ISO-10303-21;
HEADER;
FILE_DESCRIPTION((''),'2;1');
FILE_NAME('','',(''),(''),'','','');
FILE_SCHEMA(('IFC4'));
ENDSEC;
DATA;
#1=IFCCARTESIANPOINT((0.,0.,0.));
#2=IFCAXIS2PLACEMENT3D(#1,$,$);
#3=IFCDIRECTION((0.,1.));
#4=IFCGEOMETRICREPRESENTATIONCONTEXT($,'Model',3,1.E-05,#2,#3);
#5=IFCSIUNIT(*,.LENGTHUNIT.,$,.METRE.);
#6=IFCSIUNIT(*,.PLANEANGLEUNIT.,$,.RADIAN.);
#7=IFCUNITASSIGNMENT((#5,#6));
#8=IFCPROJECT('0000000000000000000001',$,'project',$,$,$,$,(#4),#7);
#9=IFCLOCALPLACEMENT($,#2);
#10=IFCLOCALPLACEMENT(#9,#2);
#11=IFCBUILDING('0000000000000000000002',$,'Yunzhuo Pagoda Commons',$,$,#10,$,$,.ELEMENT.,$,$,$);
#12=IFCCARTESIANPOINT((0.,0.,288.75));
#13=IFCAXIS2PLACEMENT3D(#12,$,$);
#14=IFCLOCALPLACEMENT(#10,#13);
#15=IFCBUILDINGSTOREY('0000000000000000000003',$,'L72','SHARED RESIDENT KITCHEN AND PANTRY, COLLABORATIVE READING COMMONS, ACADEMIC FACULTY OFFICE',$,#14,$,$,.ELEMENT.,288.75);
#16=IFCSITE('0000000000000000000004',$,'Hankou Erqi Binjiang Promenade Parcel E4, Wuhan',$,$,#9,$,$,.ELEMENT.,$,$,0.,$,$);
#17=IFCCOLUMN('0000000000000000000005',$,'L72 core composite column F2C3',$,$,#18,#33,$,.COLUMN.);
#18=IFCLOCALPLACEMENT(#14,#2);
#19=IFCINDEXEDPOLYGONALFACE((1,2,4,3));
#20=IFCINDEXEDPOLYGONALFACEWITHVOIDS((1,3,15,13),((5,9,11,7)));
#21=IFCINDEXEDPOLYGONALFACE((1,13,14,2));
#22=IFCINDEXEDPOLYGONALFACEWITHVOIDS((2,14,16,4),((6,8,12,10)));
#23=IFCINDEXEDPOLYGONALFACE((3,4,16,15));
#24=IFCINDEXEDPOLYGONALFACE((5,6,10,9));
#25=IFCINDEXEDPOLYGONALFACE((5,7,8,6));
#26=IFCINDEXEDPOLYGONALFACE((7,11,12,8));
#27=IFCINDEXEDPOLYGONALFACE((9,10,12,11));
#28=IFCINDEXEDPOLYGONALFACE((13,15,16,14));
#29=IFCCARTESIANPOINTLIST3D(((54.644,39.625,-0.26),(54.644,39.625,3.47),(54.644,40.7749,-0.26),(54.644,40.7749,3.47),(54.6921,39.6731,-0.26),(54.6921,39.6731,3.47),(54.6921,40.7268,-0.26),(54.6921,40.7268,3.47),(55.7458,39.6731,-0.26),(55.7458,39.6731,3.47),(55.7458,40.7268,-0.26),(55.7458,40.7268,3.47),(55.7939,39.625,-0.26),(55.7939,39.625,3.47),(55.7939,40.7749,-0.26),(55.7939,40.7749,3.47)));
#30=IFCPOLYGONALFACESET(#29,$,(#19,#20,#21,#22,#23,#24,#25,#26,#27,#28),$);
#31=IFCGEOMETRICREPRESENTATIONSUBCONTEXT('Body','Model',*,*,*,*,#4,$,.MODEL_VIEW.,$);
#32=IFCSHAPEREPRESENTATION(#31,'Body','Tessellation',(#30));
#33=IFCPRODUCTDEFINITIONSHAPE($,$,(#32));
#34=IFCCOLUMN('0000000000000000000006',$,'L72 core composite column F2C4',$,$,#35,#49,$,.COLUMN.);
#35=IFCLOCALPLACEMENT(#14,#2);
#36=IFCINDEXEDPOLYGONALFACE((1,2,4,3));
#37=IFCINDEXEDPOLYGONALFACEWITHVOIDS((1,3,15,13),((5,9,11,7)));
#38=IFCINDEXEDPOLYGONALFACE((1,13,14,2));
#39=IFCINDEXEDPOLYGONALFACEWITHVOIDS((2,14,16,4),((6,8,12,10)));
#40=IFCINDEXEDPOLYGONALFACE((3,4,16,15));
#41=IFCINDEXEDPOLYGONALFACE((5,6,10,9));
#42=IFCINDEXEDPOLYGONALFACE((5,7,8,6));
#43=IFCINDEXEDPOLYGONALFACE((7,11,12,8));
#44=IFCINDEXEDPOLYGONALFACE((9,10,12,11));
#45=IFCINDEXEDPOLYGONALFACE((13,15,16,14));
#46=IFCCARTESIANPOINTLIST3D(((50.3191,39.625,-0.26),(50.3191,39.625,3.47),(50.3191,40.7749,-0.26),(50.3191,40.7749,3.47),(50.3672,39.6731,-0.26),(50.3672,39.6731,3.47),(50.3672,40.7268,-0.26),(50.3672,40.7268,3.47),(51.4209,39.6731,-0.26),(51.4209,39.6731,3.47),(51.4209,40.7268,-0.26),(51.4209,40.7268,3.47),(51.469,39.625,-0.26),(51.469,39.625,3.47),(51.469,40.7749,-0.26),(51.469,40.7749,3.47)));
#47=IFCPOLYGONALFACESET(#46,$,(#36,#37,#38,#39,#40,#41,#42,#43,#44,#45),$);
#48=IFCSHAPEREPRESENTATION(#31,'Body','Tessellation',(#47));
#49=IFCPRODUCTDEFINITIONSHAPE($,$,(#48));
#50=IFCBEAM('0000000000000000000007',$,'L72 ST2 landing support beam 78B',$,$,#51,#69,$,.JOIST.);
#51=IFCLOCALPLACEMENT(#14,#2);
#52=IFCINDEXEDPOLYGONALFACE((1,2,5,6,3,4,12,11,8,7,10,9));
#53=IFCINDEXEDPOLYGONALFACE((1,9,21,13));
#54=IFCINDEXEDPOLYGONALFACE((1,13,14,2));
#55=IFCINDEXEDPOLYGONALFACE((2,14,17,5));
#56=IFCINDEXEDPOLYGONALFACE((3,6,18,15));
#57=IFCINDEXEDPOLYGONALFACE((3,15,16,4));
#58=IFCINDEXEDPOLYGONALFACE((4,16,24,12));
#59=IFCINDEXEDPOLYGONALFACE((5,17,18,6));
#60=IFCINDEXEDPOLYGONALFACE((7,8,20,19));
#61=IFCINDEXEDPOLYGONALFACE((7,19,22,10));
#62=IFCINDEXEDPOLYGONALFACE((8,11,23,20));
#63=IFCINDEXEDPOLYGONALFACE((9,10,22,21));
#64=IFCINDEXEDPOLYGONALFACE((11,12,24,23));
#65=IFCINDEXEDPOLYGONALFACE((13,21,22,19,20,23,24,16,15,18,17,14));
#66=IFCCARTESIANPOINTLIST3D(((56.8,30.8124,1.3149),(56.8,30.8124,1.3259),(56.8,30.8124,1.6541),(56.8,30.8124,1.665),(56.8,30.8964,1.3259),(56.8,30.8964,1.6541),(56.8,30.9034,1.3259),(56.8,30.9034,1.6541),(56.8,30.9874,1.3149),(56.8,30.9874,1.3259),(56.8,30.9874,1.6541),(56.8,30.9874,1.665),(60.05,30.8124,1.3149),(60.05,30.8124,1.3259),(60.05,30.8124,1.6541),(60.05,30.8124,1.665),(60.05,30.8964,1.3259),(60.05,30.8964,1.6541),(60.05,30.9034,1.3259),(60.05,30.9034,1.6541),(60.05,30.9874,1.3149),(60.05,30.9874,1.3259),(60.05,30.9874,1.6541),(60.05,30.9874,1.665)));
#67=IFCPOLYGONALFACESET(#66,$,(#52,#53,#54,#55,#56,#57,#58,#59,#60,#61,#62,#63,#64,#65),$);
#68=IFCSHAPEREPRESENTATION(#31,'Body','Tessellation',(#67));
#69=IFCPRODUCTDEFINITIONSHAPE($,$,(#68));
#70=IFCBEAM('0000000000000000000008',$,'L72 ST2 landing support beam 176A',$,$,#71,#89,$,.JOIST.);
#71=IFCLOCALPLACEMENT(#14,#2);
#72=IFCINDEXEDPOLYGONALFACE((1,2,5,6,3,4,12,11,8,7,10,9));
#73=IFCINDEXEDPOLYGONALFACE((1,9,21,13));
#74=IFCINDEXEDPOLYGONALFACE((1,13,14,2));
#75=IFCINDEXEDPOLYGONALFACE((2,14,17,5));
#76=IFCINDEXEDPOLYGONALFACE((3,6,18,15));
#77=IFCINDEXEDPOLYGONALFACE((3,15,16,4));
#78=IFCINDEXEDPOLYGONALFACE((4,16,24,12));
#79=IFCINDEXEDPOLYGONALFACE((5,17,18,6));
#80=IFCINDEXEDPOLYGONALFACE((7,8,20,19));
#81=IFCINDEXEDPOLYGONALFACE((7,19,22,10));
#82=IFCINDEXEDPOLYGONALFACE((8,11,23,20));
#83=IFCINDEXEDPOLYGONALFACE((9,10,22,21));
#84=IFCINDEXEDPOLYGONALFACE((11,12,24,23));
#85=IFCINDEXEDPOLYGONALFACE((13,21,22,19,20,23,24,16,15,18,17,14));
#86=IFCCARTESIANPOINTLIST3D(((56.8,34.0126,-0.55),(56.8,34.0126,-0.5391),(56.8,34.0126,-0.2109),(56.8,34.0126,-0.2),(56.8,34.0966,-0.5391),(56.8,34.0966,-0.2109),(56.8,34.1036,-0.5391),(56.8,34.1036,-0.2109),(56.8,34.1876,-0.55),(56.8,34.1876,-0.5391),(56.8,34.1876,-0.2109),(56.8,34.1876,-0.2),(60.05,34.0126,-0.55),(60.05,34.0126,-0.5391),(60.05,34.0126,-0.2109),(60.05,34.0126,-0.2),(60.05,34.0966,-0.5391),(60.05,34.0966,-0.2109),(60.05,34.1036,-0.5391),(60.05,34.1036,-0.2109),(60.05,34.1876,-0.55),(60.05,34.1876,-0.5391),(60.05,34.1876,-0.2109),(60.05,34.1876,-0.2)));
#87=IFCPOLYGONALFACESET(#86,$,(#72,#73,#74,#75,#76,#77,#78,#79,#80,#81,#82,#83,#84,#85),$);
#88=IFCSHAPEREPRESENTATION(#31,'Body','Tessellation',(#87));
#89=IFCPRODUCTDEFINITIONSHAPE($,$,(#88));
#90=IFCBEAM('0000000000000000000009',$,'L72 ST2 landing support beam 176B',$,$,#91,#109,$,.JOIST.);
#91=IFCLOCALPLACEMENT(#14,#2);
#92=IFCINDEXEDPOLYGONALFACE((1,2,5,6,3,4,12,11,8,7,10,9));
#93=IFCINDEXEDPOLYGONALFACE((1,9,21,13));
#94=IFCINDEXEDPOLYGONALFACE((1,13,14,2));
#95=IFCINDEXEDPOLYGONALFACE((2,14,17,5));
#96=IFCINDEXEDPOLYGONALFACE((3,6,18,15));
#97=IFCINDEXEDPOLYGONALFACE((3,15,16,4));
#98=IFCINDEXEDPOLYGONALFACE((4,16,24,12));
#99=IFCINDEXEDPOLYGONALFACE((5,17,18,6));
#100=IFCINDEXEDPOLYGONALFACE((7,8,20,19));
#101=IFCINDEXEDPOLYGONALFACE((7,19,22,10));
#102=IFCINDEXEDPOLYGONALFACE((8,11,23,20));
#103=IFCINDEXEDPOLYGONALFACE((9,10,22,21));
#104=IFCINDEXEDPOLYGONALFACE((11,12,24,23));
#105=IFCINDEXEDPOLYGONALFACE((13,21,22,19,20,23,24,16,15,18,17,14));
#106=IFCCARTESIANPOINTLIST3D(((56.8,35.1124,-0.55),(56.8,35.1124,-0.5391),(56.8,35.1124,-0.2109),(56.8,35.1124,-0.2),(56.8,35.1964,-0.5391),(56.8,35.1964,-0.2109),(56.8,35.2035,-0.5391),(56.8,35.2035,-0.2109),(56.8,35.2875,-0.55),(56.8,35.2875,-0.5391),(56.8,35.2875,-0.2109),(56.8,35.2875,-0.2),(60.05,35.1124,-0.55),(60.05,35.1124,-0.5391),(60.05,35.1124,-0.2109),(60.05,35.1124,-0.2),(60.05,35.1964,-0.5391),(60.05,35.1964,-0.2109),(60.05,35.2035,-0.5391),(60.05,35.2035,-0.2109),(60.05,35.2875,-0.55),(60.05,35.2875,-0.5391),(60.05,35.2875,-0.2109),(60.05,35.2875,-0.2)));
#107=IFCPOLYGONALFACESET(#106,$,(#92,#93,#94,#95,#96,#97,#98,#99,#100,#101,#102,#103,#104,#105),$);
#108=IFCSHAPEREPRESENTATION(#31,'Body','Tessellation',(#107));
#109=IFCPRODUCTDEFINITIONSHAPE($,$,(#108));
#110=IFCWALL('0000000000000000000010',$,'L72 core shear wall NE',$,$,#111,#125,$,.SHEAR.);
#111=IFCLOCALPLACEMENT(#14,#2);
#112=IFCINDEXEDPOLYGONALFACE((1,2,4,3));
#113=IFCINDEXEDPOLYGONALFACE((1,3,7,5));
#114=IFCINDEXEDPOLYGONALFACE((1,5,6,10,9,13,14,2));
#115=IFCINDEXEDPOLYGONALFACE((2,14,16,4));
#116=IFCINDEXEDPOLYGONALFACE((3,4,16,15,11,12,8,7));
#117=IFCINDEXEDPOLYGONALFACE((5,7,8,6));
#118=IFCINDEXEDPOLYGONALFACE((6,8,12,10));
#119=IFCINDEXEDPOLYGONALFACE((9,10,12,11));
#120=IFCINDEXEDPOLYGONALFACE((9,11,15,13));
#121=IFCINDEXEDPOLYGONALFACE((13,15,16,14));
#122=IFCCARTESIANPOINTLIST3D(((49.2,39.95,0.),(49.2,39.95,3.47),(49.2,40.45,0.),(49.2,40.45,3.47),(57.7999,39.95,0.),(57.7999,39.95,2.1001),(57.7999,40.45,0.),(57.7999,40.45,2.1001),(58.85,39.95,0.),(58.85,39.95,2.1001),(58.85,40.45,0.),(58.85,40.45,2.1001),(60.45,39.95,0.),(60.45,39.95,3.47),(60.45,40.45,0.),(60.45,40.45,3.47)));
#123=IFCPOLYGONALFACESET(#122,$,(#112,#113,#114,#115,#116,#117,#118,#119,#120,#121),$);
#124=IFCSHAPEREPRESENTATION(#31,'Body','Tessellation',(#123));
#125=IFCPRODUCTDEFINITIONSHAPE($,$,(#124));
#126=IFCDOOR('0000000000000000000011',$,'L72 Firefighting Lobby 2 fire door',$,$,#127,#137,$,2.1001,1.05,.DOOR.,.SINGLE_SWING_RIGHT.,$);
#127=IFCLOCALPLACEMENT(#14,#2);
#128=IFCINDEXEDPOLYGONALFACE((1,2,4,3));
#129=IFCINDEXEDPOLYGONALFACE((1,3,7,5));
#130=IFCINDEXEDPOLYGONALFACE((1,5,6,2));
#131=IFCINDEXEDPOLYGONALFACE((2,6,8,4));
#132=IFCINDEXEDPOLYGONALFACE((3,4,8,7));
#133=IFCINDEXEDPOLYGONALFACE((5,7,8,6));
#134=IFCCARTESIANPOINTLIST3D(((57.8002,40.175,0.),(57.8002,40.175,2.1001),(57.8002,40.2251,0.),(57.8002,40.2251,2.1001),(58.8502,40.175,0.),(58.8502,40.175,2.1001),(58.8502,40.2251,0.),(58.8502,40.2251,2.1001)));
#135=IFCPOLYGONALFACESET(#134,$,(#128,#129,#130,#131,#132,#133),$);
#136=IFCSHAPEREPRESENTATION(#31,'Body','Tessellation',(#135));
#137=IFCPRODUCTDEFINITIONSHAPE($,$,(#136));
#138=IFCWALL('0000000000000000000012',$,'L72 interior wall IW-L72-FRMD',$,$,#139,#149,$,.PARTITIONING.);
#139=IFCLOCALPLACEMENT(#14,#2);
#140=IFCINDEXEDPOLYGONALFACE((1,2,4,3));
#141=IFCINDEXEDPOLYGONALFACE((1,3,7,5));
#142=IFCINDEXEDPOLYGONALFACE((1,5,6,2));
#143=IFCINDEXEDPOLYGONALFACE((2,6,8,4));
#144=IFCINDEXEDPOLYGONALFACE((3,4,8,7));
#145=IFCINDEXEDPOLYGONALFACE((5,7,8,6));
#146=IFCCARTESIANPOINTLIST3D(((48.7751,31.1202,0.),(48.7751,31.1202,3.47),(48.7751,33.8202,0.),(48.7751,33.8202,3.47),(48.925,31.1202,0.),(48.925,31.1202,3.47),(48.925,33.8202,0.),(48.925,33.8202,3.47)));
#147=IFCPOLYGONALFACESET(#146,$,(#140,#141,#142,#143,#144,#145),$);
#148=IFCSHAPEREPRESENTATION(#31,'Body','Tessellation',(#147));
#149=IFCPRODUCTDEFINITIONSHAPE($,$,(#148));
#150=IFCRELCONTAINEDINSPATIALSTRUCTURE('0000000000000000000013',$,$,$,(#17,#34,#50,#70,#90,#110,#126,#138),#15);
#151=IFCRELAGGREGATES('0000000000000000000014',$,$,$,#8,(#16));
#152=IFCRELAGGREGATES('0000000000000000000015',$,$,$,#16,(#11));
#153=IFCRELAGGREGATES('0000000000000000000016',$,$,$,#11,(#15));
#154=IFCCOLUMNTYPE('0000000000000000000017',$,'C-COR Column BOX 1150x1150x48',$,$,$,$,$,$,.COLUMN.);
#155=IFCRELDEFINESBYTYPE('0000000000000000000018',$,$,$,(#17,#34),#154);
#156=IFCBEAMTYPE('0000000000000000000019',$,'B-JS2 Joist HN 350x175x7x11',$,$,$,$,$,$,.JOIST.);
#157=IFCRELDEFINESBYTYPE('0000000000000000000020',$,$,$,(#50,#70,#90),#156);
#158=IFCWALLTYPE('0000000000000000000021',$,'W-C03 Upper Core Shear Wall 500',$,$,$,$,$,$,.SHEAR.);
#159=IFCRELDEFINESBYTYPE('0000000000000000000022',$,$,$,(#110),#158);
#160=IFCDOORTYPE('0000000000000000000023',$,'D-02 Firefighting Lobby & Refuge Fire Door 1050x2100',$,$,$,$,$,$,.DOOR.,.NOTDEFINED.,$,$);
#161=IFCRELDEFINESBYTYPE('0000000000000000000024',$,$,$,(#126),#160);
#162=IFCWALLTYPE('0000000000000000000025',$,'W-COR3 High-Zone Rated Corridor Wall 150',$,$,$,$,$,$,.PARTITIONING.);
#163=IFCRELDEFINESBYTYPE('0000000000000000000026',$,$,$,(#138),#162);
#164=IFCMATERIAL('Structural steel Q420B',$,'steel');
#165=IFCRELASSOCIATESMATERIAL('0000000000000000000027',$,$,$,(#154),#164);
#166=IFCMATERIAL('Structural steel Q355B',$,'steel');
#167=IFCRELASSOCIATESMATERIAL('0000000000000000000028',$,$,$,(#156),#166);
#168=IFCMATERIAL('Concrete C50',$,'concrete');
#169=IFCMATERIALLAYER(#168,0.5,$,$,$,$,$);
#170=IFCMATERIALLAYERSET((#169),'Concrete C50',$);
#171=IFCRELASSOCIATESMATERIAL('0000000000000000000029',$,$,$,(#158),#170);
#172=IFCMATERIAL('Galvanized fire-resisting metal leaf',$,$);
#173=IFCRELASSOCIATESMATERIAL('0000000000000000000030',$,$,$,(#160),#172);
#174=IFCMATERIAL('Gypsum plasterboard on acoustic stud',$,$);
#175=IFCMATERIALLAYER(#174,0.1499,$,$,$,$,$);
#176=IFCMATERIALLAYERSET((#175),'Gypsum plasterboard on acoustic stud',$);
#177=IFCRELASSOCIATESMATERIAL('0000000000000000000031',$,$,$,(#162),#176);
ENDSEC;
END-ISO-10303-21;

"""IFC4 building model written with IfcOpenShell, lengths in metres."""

from ifc_helpers import new_model, si_unit, direction, frame, frame_2d, origin, origin_2d, place, context, subcontext, project, spatial, rectangle, hollow_rectangle, i_section, extrude, source, transform, mapped, material, layer, layer_set, material_profile, profile_set, type_object, element, fill, save


model = new_model("IFC4")

# Units and contexts
model_context = context("Model", 3, precision=1e-05, world=origin(), true_north=direction((0.0, 1.0)))
body_context = subcontext(model_context, "Body", "Model", "MODEL_VIEW")
ifc_project = project(units=[si_unit("LENGTHUNIT", "METRE"), si_unit("PLANEANGLEUNIT", "RADIAN")], contexts=[model_context])

# Site, building, storey
site_placement = place(None, origin())
site = spatial("IfcSite", under=ifc_project, at=site_placement, Name="Hankou Erqi Binjiang Promenade Parcel E4, Wuhan", CompositionType="ELEMENT", RefElevation=0.0)
building_placement = place(site_placement, origin())
building = spatial("IfcBuilding", under=site, at=building_placement, Name="Yunzhuo Pagoda Commons", CompositionType="ELEMENT")
storey_placement = place(building_placement, frame((0.0, 0.0, 288.75)))
storey = spatial("IfcBuildingStorey", under=building, at=storey_placement, Name="L72", Description="SHARED RESIDENT KITCHEN AND PANTRY, COLLABORATIVE READING COMMONS, ACADEMIC FACULTY OFFICE", CompositionType="ELEMENT", Elevation=288.75)

# Columns
ifc_material_1 = material(Name="Structural steel Q420B", Category="steel")
ifc_material_profile_1 = material_profile(ifc_material_1, hollow_rectangle(XDim=1.1499, YDim=1.1499, WallThickness=0.0481, at=origin_2d()), Name="Structural steel Q420B")
ifc_profile_set_1 = profile_set([ifc_material_profile_1], Name="Structural steel Q420B")
column_type = type_object("IfcColumnType", Name="C-COR Column BOX 1150x1150x48", PredefinedType="COLUMN", material=ifc_profile_set_1)
shared_shape_1 = source(origin(), body_context, "Body", "SweptSolid", [
    extrude(hollow_rectangle(XDim=1.1499, YDim=1.1499, WallThickness=0.0481, at=origin_2d()), origin(), (0.0, 0.0, 1.0), 3.73),
])
for number, where, z_axis, x_axis, name in (
    (1, (55.219, 40.2, -0.26), (0.0, 0.0, 1.0), (1.0, 0.0, 0.0), "L72 core composite column F2C3"),
    (2, (50.894, 40.2, -0.26), (0.0, 0.0, 1.0), (1.0, 0.0, 0.0), "L72 core composite column F2C4"),
):
    element("IfcColumn", number, at=place(storey_placement, frame(where, z_axis=z_axis, x_axis=x_axis)), inside=storey, type_object=column_type, Name=name, PredefinedType="COLUMN", context=body_context, shape_type="MappedRepresentation", body=[
        mapped(shared_shape_1, transform((0.0, 0.0, 0.0), scale=1.0)),
    ])

# Beams
ifc_material_2 = material(Name="Structural steel Q355B", Category="steel")
ifc_material_profile_2 = material_profile(ifc_material_2, i_section(OverallWidth=0.175, OverallDepth=0.3501, WebThickness=0.0071, FlangeThickness=0.011, at=origin_2d()), Name="Structural steel Q355B")
ifc_profile_set_2 = profile_set([ifc_material_profile_2], Name="Structural steel Q355B")
beam_type = type_object("IfcBeamType", Name="B-JS2 Joist HN 350x175x7x11", PredefinedType="JOIST", material=ifc_profile_set_2)
shared_shape_2 = source(origin(), body_context, "Body", "SweptSolid", [
    extrude(i_section(OverallWidth=0.175, OverallDepth=0.3501, WebThickness=0.0071, FlangeThickness=0.011, at=origin_2d()), origin(), (0.0, 0.0, 1.0), 3.25),
])
for number, where, z_axis, x_axis, name in (
    (3, (56.8, 30.8999, 1.49), (1.0, 0.0, 0.0), (0.0, 1.0, 0.0), "L72 ST2 landing support beam 78B"),
    (4, (56.8, 34.1001, -0.375), (1.0, 0.0, 0.0), (0.0, 1.0, 0.0), "L72 ST2 landing support beam 176A"),
    (5, (56.8, 35.2, -0.375), (1.0, 0.0, 0.0), (0.0, 1.0, 0.0), "L72 ST2 landing support beam 176B"),
):
    element("IfcBeam", number, at=place(storey_placement, frame(where, z_axis=z_axis, x_axis=x_axis)), inside=storey, type_object=beam_type, Name=name, PredefinedType="JOIST", context=body_context, shape_type="MappedRepresentation", body=[
        mapped(shared_shape_2, transform((0.0, 0.0, 0.0), scale=1.0)),
    ])

# Wall, opening, door
ifc_material_3 = material(Name="Concrete C50", Category="concrete")
ifc_layer_1 = layer(ifc_material_3, 0.5)
ifc_layer_set_1 = layer_set([ifc_layer_1], Name="Concrete C50")
wall_type_1 = type_object("IfcWallType", Name="W-C03 Upper Core Shear Wall 500", PredefinedType="SHEAR", material=ifc_layer_set_1)
wall_1_placement = place(storey_placement, frame((49.2, 40.2, 0.0), z_axis=(0.0, 0.0, 1.0), x_axis=(1.0, 0.0, 0.0)))
wall_1 = element("IfcWall", 6, at=wall_1_placement, inside=storey, type_object=wall_type_1, Name="L72 core shear wall NE", PredefinedType="SHEAR", context=body_context, shape_type="SweptSolid", body=[
    extrude(rectangle(XDim=11.25, YDim=0.5, at=frame_2d((5.625, 0.0))), origin(), (0.0, 0.0, 1.0), 3.47),
])
opening_1_placement = place(wall_1_placement, frame((8.6001, 0.0, 0.0)))
opening_1 = element("IfcOpeningElement", 7, at=opening_1_placement, cuts=wall_1, PredefinedType="OPENING", context=body_context, shape_type="SweptSolid", body=[
    extrude(rectangle(XDim=1.05, YDim=2.1001, at=frame_2d((0.5249, 1.05))), frame((0.0, 0.26, 0.0), z_axis=(0.0, -1.0, 0.0), x_axis=(1.0, 0.0, 0.0)), (0.0, 0.0, 1.0), 0.52),
])
ifc_material_4 = material(Name="Galvanized fire-resisting metal leaf")
door_type_1 = type_object("IfcDoorType", Name="D-02 Firefighting Lobby & Refuge Fire Door 1050x2100", OperationType="NOTDEFINED", PredefinedType="DOOR", material=ifc_material_4)
shared_shape_3 = source(origin(), body_context, "Body", "SweptSolid", [
    extrude(rectangle(XDim=1.05, YDim=2.1001, at=frame_2d((0.5249, 1.05))), frame((0.0, 0.0249, 0.0), z_axis=(0.0, -1.0, 0.0), x_axis=(1.0, 0.0, 0.0)), (0.0, 0.0, 1.0), 0.05),
])
door_1_placement = place(opening_1_placement, frame((1.05, 0.0, 0.0), z_axis=(0.0, 0.0, 1.0), x_axis=(-1.0, 0.0, 0.0)))
door_1 = element("IfcDoor", 8, at=door_1_placement, inside=storey, type_object=door_type_1, Name="L72 Firefighting Lobby 2 fire door", OperationType="SINGLE_SWING_RIGHT", OverallHeight=2.1001, OverallWidth=1.05, PredefinedType="DOOR", context=body_context, shape_type="MappedRepresentation", body=[
    mapped(shared_shape_3, transform((0.0, 0.0, 0.0), scale=1.0)),
])
fill(opening_1, door_1)

# Wall
ifc_material_5 = material(Name="Gypsum plasterboard on acoustic stud")
ifc_layer_2 = layer(ifc_material_5, 0.1499)
ifc_layer_set_2 = layer_set([ifc_layer_2], Name="Gypsum plasterboard on acoustic stud")
wall_type_2 = type_object("IfcWallType", Name="W-COR3 High-Zone Rated Corridor Wall 150", PredefinedType="PARTITIONING", material=ifc_layer_set_2)
wall_2_placement = place(storey_placement, frame((48.8501, 31.1201, 0.0), z_axis=(0.0, 0.0, 1.0), x_axis=(0.0, 1.0, 0.0)))
element("IfcWall", 9, at=wall_2_placement, inside=storey, type_object=wall_type_2, Name="L72 interior wall IW-L72-FRMD", PredefinedType="PARTITIONING", context=body_context, shape_type="SweptSolid", body=[
    extrude(rectangle(XDim=2.7, YDim=0.1499, at=frame_2d((1.3501, 0.0))), origin(), (0.0, 0.0, 1.0), 3.47),
])

save(model, "model.ifc")
